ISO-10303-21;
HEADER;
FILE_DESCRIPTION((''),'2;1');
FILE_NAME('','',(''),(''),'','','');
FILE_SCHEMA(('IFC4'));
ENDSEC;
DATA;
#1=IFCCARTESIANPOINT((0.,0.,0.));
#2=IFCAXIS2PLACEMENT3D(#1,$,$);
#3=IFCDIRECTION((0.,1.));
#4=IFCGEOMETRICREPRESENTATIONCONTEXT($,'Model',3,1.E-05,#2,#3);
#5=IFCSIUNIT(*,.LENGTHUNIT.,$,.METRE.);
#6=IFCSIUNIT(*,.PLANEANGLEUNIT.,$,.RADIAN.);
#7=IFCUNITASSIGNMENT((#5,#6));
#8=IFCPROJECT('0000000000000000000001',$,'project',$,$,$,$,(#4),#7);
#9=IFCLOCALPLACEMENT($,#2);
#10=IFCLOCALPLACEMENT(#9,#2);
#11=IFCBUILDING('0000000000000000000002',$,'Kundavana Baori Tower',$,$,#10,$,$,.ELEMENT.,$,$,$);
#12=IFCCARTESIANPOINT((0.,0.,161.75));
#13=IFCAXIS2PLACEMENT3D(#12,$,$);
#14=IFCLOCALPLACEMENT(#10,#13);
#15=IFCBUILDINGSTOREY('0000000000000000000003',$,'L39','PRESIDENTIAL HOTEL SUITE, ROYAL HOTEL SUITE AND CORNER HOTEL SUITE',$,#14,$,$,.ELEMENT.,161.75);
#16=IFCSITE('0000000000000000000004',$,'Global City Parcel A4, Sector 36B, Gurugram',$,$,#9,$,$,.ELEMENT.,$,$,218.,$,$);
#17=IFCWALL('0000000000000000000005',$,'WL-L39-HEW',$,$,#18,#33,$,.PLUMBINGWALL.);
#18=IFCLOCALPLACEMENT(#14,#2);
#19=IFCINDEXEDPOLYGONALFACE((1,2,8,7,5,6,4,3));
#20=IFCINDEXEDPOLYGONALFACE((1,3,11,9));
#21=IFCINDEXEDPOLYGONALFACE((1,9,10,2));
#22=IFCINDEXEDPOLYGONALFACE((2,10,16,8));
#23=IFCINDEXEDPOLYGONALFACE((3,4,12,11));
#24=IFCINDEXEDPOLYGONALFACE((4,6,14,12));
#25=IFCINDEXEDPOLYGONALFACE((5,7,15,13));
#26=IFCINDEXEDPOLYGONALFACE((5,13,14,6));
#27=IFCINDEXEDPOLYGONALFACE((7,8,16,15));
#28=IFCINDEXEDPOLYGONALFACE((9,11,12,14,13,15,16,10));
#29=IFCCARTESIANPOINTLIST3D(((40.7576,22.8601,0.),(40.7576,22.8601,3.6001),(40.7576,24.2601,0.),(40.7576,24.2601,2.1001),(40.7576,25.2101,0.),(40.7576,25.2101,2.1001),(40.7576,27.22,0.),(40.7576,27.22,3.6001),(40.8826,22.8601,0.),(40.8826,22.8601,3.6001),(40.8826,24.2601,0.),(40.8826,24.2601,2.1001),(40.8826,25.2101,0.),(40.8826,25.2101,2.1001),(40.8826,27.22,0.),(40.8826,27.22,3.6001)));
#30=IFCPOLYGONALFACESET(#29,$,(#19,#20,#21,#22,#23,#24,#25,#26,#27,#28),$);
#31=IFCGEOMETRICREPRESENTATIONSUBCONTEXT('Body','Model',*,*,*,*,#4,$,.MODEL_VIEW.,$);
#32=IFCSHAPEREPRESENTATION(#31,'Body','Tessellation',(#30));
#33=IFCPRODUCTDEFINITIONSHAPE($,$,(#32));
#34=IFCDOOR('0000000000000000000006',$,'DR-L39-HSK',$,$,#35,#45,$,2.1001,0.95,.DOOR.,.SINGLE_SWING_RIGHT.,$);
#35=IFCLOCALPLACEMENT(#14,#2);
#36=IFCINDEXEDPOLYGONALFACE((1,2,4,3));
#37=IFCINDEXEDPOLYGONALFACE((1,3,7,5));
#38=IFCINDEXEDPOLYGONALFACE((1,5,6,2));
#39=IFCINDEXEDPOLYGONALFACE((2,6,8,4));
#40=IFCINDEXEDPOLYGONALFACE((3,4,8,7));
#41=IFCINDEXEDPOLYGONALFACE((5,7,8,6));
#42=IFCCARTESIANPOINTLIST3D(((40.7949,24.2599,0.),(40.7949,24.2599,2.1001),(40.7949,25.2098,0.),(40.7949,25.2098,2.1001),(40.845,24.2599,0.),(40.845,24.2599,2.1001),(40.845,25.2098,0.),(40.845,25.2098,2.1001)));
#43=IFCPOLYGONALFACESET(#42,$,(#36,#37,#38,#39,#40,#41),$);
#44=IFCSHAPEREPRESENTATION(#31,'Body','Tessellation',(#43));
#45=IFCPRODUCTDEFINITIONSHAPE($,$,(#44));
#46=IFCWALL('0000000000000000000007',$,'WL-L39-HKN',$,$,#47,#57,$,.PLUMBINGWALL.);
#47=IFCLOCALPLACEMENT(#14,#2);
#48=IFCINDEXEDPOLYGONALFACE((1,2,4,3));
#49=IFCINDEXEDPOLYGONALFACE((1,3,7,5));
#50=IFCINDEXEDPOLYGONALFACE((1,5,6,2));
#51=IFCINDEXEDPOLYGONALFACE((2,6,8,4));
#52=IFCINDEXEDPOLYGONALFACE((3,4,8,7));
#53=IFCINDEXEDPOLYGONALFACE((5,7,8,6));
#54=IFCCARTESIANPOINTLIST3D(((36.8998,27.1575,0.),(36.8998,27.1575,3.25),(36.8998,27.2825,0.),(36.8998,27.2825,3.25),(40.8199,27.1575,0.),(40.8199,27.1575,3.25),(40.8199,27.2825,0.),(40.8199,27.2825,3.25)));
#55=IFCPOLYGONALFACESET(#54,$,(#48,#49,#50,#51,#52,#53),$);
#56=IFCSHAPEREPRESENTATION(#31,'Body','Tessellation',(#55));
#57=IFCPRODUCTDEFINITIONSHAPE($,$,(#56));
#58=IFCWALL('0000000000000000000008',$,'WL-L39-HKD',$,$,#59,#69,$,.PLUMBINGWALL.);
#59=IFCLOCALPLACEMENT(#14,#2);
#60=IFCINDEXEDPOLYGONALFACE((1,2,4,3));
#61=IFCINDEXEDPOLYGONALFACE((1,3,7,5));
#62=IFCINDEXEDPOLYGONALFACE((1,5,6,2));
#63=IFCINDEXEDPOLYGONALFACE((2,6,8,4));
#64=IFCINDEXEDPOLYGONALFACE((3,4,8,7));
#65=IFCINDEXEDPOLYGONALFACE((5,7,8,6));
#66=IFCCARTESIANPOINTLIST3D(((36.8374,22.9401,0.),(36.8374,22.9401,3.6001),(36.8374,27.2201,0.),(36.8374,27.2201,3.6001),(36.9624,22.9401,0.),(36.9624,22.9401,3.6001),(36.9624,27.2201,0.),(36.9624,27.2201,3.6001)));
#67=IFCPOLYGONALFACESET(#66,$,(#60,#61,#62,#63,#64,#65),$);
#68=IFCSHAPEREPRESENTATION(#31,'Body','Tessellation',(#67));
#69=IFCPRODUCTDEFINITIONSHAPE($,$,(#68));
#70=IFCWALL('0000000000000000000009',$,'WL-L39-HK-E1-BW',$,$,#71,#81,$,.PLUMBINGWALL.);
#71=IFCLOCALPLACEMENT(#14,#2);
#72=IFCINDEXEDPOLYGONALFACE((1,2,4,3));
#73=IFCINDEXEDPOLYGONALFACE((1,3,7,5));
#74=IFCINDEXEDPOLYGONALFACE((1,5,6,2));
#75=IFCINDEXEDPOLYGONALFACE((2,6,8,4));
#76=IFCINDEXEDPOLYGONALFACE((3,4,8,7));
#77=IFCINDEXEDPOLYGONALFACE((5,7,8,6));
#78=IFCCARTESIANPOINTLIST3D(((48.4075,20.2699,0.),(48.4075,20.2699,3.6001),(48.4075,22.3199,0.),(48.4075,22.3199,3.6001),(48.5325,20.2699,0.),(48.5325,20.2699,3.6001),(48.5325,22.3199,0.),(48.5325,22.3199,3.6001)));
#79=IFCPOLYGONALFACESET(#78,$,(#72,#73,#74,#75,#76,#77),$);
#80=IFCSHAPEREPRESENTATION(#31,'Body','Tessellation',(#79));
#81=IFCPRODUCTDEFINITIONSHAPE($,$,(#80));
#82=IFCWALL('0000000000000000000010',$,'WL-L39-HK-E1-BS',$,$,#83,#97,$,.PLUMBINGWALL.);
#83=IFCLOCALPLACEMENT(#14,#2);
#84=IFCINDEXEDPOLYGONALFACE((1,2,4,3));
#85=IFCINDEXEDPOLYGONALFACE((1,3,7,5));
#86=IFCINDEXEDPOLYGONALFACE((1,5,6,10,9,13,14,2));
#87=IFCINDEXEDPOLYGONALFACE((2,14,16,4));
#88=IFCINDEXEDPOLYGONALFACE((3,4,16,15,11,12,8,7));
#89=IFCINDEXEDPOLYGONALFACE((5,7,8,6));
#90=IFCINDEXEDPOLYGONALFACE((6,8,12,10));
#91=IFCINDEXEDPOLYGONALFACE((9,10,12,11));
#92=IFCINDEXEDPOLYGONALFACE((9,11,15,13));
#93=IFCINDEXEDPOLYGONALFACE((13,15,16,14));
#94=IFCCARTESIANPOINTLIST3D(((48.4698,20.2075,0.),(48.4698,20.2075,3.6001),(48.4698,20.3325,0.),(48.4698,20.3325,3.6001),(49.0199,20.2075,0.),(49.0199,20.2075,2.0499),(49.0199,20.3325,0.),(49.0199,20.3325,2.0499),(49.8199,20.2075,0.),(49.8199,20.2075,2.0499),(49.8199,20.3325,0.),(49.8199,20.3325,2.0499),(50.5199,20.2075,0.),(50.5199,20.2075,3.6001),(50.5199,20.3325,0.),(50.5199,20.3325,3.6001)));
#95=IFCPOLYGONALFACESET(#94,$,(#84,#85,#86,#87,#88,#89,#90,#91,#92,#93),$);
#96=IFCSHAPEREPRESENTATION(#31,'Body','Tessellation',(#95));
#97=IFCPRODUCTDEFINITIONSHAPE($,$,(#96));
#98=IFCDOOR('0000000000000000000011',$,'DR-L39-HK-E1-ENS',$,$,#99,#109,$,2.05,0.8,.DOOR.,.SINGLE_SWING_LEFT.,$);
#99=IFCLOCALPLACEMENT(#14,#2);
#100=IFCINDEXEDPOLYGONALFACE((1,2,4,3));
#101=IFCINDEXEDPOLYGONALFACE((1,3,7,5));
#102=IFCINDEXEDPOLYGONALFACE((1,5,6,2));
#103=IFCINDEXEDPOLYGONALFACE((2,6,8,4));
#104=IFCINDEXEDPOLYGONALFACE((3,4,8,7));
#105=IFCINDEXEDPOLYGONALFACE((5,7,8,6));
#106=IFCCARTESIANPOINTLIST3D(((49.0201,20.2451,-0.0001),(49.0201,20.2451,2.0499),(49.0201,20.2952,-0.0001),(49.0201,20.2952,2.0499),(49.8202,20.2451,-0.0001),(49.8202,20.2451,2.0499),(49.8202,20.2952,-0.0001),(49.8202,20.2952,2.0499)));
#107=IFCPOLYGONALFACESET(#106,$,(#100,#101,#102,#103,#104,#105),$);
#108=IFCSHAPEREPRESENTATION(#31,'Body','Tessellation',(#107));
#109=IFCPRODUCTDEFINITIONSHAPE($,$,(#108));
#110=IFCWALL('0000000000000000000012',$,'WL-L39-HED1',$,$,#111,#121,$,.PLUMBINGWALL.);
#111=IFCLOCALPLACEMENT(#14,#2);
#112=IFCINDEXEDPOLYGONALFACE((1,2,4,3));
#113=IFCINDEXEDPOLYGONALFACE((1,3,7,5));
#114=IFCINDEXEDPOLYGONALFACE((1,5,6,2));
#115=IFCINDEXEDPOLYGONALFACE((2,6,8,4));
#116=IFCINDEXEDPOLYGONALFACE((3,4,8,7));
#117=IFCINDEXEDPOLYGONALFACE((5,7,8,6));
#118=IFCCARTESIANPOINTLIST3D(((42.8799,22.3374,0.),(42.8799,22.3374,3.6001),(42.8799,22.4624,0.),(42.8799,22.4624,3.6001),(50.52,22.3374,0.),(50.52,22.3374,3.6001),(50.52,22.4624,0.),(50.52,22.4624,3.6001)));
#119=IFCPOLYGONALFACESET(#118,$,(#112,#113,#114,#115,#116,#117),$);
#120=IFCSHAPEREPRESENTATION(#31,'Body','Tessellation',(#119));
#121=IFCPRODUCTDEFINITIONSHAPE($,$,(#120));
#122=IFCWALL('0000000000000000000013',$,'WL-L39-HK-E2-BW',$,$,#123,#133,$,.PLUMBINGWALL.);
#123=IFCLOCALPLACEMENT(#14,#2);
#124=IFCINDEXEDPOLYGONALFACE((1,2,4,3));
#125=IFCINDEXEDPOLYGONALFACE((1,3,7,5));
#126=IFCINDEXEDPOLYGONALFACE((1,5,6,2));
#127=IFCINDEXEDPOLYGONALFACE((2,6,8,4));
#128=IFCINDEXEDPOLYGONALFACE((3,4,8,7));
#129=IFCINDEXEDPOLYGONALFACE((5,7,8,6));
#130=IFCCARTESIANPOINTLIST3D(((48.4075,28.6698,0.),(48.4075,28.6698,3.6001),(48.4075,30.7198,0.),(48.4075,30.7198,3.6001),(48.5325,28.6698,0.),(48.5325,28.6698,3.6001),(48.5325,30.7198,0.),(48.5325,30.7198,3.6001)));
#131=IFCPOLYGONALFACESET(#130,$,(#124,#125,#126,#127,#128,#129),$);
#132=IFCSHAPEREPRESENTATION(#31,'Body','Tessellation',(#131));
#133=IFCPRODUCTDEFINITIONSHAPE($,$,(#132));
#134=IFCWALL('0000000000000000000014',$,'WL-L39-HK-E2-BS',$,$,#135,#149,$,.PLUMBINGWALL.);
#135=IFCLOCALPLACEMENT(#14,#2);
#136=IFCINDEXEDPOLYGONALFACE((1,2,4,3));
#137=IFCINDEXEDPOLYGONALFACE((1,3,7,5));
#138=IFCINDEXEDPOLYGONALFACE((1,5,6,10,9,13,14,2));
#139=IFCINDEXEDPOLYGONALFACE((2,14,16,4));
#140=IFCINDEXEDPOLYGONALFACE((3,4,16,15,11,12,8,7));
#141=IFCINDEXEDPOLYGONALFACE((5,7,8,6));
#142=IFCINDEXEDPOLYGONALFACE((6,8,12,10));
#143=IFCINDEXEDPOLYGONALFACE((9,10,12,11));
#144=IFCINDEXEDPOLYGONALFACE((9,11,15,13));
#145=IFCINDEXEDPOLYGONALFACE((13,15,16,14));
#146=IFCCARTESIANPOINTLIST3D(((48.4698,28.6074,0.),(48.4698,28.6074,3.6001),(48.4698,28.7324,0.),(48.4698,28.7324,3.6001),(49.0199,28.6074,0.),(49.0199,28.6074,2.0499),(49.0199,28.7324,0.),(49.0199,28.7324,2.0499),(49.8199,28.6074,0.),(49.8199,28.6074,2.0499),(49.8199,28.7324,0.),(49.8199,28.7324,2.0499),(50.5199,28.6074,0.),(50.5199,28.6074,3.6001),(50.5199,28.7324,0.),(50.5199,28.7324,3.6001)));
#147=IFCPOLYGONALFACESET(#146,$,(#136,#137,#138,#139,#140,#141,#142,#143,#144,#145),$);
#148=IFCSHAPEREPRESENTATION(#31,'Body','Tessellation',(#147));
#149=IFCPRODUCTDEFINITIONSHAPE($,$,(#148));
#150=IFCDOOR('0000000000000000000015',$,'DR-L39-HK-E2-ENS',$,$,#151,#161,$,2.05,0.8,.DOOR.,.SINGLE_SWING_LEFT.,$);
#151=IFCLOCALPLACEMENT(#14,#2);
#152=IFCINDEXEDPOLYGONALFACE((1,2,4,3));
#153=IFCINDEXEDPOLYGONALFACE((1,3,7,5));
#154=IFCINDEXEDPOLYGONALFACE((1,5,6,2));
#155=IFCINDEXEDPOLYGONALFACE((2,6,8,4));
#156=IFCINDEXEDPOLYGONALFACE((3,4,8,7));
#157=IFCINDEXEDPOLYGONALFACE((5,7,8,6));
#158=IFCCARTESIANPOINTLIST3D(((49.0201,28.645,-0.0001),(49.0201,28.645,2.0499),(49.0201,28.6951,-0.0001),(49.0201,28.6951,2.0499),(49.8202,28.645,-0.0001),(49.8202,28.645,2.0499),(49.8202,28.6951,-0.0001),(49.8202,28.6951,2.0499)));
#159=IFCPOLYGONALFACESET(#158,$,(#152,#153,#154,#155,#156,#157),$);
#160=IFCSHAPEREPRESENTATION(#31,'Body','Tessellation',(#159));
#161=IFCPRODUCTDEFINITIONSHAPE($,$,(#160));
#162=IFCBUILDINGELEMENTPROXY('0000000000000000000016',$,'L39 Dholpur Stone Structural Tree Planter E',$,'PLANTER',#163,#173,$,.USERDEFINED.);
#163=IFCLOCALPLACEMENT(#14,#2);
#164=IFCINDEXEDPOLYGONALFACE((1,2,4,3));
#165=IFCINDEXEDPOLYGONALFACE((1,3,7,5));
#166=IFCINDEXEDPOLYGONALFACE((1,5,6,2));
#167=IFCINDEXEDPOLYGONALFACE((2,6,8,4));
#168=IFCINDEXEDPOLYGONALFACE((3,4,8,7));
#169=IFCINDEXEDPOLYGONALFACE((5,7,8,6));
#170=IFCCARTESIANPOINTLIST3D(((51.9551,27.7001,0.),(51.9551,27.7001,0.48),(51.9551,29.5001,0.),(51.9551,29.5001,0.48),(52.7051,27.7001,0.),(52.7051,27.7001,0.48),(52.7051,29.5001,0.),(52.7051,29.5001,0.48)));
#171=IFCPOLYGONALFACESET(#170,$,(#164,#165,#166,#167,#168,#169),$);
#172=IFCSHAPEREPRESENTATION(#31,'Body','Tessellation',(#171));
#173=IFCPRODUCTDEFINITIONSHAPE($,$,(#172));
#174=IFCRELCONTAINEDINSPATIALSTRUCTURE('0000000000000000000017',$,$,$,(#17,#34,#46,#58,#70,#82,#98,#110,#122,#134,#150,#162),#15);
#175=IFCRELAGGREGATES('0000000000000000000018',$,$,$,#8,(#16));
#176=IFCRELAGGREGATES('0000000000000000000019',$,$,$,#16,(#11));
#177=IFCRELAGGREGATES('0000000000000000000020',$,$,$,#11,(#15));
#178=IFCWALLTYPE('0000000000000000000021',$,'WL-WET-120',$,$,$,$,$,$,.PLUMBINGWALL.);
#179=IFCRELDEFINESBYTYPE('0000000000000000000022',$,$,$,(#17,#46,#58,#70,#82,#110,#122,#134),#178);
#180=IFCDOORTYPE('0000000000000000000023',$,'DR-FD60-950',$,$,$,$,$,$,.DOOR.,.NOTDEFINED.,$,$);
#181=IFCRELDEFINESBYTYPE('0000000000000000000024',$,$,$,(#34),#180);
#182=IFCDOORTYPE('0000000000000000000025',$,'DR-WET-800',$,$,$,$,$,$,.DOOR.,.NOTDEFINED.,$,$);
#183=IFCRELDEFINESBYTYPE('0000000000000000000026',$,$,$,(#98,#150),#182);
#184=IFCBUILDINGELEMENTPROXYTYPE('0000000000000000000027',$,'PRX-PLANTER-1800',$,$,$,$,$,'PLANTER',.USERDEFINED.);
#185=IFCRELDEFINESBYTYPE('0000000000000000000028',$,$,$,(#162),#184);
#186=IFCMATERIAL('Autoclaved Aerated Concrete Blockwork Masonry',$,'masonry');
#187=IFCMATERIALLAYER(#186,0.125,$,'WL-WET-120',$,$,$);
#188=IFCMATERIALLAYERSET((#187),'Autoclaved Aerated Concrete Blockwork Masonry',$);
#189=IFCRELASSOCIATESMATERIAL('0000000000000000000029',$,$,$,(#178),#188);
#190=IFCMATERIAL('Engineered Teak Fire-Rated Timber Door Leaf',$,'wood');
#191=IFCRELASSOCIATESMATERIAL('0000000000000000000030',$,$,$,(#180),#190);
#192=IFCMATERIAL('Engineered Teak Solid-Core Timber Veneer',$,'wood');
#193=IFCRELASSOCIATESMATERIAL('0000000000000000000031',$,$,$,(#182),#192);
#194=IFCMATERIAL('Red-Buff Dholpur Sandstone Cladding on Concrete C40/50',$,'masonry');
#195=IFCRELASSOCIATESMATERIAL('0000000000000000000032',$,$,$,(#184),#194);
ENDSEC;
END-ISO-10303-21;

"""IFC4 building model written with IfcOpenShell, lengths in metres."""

from ifc_helpers import new_model, si_unit, direction, frame, frame_2d, origin, origin_2d, place, context, subcontext, project, spatial, rectangle, extrude, material, layer, layer_set, type_object, element, fill, save


model = new_model("IFC4")

# Units and contexts
model_context = context("Model", 3, precision=1e-05, world=origin(), true_north=direction((0.0, 1.0)))
body_context = subcontext(model_context, "Body", "Model", "MODEL_VIEW")
ifc_project = project(units=[si_unit("LENGTHUNIT", "METRE"), si_unit("PLANEANGLEUNIT", "RADIAN")], contexts=[model_context])

# Site, building, storey
site_placement = place(None, origin())
site = spatial("IfcSite", under=ifc_project, at=site_placement, Name="Global City Parcel A4, Sector 36B, Gurugram", CompositionType="ELEMENT", RefElevation=218.0)
building_placement = place(site_placement, origin())
building = spatial("IfcBuilding", under=site, at=building_placement, Name="Kundavana Baori Tower", CompositionType="ELEMENT")
storey_placement = place(building_placement, frame((0.0, 0.0, 161.75)))
storey = spatial("IfcBuildingStorey", under=building, at=storey_placement, Name="L39", Description="PRESIDENTIAL HOTEL SUITE, ROYAL HOTEL SUITE AND CORNER HOTEL SUITE", CompositionType="ELEMENT", Elevation=161.75)

# Wall, opening, door
ifc_material_1 = material(Name="Autoclaved Aerated Concrete Blockwork Masonry", Category="masonry")
ifc_layer_1 = layer(ifc_material_1, 0.125, Name="WL-WET-120")
ifc_layer_set_1 = layer_set([ifc_layer_1], Name="Autoclaved Aerated Concrete Blockwork Masonry")
wall_type_1 = type_object("IfcWallType", Name="WL-WET-120", PredefinedType="PLUMBINGWALL", material=ifc_layer_set_1)
wall_1_placement = place(storey_placement, frame((40.8201, 22.8601, 0.0), z_axis=(0.0, 0.0, 1.0), x_axis=(0.0, 1.0, 0.0)))
wall_1 = element("IfcWall", 1, at=wall_1_placement, inside=storey, type_object=wall_type_1, Name="WL-L39-HEW", PredefinedType="PLUMBINGWALL", context=body_context, shape_type="SweptSolid", body=[
    extrude(rectangle(XDim=4.3599, YDim=0.125, at=frame_2d((2.1799, 0.0))), origin(), (0.0, 0.0, 1.0), 3.6001),
])
opening_1_placement = place(wall_1_placement, frame((1.3999, 0.0, 0.0)))
opening_1 = element("IfcOpeningElement", 2, at=opening_1_placement, cuts=wall_1, PredefinedType="OPENING", context=body_context, shape_type="SweptSolid", body=[
    extrude(rectangle(XDim=0.95, YDim=2.1001, at=frame_2d((0.4751, 1.05))), frame((0.0, 0.0725, 0.0), z_axis=(0.0, -1.0, 0.0), x_axis=(1.0, 0.0, 0.0)), (0.0, 0.0, 1.0), 0.145),
])
ifc_material_2 = material(Name="Engineered Teak Fire-Rated Timber Door Leaf", Category="wood")
door_type_1 = type_object("IfcDoorType", Name="DR-FD60-950", OperationType="NOTDEFINED", PredefinedType="DOOR", material=ifc_material_2)
door_1_placement = place(opening_1_placement, frame((0.95, 0.0, 0.0), z_axis=(0.0, 0.0, 1.0), x_axis=(-1.0, 0.0, 0.0)))
door_1 = element("IfcDoor", 3, at=door_1_placement, inside=storey, type_object=door_type_1, Name="DR-L39-HSK", OperationType="SINGLE_SWING_RIGHT", OverallHeight=2.1001, OverallWidth=0.95, PredefinedType="DOOR", context=body_context, shape_type="SweptSolid", body=[
    extrude(rectangle(XDim=0.95, YDim=2.1001, at=frame_2d((0.4751, 1.05))), frame((0.0, 0.0249, 0.0), z_axis=(0.0, -1.0, 0.0), x_axis=(1.0, 0.0, 0.0)), (0.0, 0.0, 1.0), 0.05),
])
fill(opening_1, door_1)

# Walls
wall_2_placement = place(storey_placement, frame((36.8999, 27.22, 0.0), z_axis=(0.0, 0.0, 1.0), x_axis=(1.0, 0.0, 0.0)))
element("IfcWall", 4, at=wall_2_placement, inside=storey, type_object=wall_type_1, Name="WL-L39-HKN", PredefinedType="PLUMBINGWALL", context=body_context, shape_type="SweptSolid", body=[
    extrude(rectangle(XDim=3.9202, YDim=0.125, at=frame_2d((1.96, 0.0))), origin(), (0.0, 0.0, 1.0), 3.25),
])
wall_3_placement = place(storey_placement, frame((36.8999, 22.9399, 0.0), z_axis=(0.0, 0.0, 1.0), x_axis=(0.0, 1.0, 0.0)))
element("IfcWall", 5, at=wall_3_placement, inside=storey, type_object=wall_type_1, Name="WL-L39-HKD", PredefinedType="PLUMBINGWALL", context=body_context, shape_type="SweptSolid", body=[
    extrude(rectangle(XDim=4.28, YDim=0.125, at=frame_2d((2.1401, 0.0))), origin(), (0.0, 0.0, 1.0), 3.6001),
])
wall_4_placement = place(storey_placement, frame((48.47, 20.27, 0.0), z_axis=(0.0, 0.0, 1.0), x_axis=(0.0, 1.0, 0.0)))
element("IfcWall", 6, at=wall_4_placement, inside=storey, type_object=wall_type_1, Name="WL-L39-HK-E1-BW", PredefinedType="PLUMBINGWALL", context=body_context, shape_type="SweptSolid", body=[
    extrude(rectangle(XDim=2.05, YDim=0.125, at=frame_2d((1.0249, 0.0))), origin(), (0.0, 0.0, 1.0), 3.6001),
])

# Wall, opening, door
wall_5_placement = place(storey_placement, frame((48.47, 20.27, 0.0), z_axis=(0.0, 0.0, 1.0), x_axis=(1.0, 0.0, 0.0)))
wall_5 = element("IfcWall", 7, at=wall_5_placement, inside=storey, type_object=wall_type_1, Name="WL-L39-HK-E1-BS", PredefinedType="PLUMBINGWALL", context=body_context, shape_type="SweptSolid", body=[
    extrude(rectangle(XDim=2.05, YDim=0.125, at=frame_2d((1.0249, 0.0))), origin(), (0.0, 0.0, 1.0), 3.6001),
])
opening_2_placement = place(wall_5_placement, frame((0.55, 0.0, 0.0)))
opening_2 = element("IfcOpeningElement", 8, at=opening_2_placement, cuts=wall_5, PredefinedType="OPENING", context=body_context, shape_type="SweptSolid", body=[
    extrude(rectangle(XDim=0.8, YDim=2.05, at=frame_2d((0.3999, 1.0249))), frame((0.0, 0.0725, 0.0), z_axis=(0.0, -1.0, 0.0), x_axis=(1.0, 0.0, 0.0)), (0.0, 0.0, 1.0), 0.145),
])
ifc_material_3 = material(Name="Engineered Teak Solid-Core Timber Veneer", Category="wood")
door_type_2 = type_object("IfcDoorType", Name="DR-WET-800", OperationType="NOTDEFINED", PredefinedType="DOOR", material=ifc_material_3)
door_2_placement = place(opening_2_placement, frame((0.8, 0.0, 0.0), z_axis=(0.0, 0.0, 1.0), x_axis=(-1.0, 0.0, 0.0)))
door_2 = element("IfcDoor", 9, at=door_2_placement, inside=storey, type_object=door_type_2, Name="DR-L39-HK-E1-ENS", OperationType="SINGLE_SWING_LEFT", OverallHeight=2.05, OverallWidth=0.8, PredefinedType="DOOR", context=body_context, shape_type="SweptSolid", body=[
    extrude(rectangle(XDim=0.8, YDim=2.05, at=frame_2d((0.3999, 1.0249))), frame((0.0, 0.0249, 0.0), z_axis=(0.0, -1.0, 0.0), x_axis=(1.0, 0.0, 0.0)), (0.0, 0.0, 1.0), 0.05),
])
fill(opening_2, door_2)

# Walls
wall_6_placement = place(storey_placement, frame((42.8799, 22.3999, 0.0), z_axis=(0.0, 0.0, 1.0), x_axis=(1.0, 0.0, 0.0)))
element("IfcWall", 10, at=wall_6_placement, inside=storey, type_object=wall_type_1, Name="WL-L39-HED1", PredefinedType="PLUMBINGWALL", context=body_context, shape_type="SweptSolid", body=[
    extrude(rectangle(XDim=7.6401, YDim=0.125, at=frame_2d((3.8201, 0.0))), origin(), (0.0, 0.0, 1.0), 3.6001),
])
wall_7_placement = place(storey_placement, frame((48.47, 28.6699, 0.0), z_axis=(0.0, 0.0, 1.0), x_axis=(0.0, 1.0, 0.0)))
element("IfcWall", 11, at=wall_7_placement, inside=storey, type_object=wall_type_1, Name="WL-L39-HK-E2-BW", PredefinedType="PLUMBINGWALL", context=body_context, shape_type="SweptSolid", body=[
    extrude(rectangle(XDim=2.05, YDim=0.125, at=frame_2d((1.0249, 0.0))), origin(), (0.0, 0.0, 1.0), 3.6001),
])

# Wall, opening, door
wall_8_placement = place(storey_placement, frame((48.47, 28.6699, 0.0), z_axis=(0.0, 0.0, 1.0), x_axis=(1.0, 0.0, 0.0)))
wall_8 = element("IfcWall", 12, at=wall_8_placement, inside=storey, type_object=wall_type_1, Name="WL-L39-HK-E2-BS", PredefinedType="PLUMBINGWALL", context=body_context, shape_type="SweptSolid", body=[
    extrude(rectangle(XDim=2.05, YDim=0.125, at=frame_2d((1.0249, 0.0))), origin(), (0.0, 0.0, 1.0), 3.6001),
])
opening_3_placement = place(wall_8_placement, frame((0.55, 0.0, 0.0)))
opening_3 = element("IfcOpeningElement", 13, at=opening_3_placement, cuts=wall_8, PredefinedType="OPENING", context=body_context, shape_type="SweptSolid", body=[
    extrude(rectangle(XDim=0.8, YDim=2.05, at=frame_2d((0.3999, 1.0249))), frame((0.0, 0.0725, 0.0), z_axis=(0.0, -1.0, 0.0), x_axis=(1.0, 0.0, 0.0)), (0.0, 0.0, 1.0), 0.145),
])
door_3_placement = place(opening_3_placement, frame((0.8, 0.0, 0.0), z_axis=(0.0, 0.0, 1.0), x_axis=(-1.0, 0.0, 0.0)))
door_3 = element("IfcDoor", 14, at=door_3_placement, inside=storey, type_object=door_type_2, Name="DR-L39-HK-E2-ENS", OperationType="SINGLE_SWING_LEFT", OverallHeight=2.05, OverallWidth=0.8, PredefinedType="DOOR", context=body_context, shape_type="SweptSolid", body=[
    extrude(rectangle(XDim=0.8, YDim=2.05, at=frame_2d((0.3999, 1.0249))), frame((0.0, 0.0249, 0.0), z_axis=(0.0, -1.0, 0.0), x_axis=(1.0, 0.0, 0.0)), (0.0, 0.0, 1.0), 0.05),
])
fill(opening_3, door_3)

# Building element proxy
ifc_material_4 = material(Name="Red-Buff Dholpur Sandstone Cladding on Concrete C40/50", Category="masonry")
building_element_proxy_type = type_object("IfcBuildingElementProxyType", Name="PRX-PLANTER-1800", ElementType="PLANTER", PredefinedType="USERDEFINED", material=ifc_material_4)
proxy_placement = place(storey_placement, frame((52.3301, 28.6001, 0.0), z_axis=(0.0, 0.0, 1.0), x_axis=(0.0, 1.0, 0.0)))
element("IfcBuildingElementProxy", 15, at=proxy_placement, inside=storey, type_object=building_element_proxy_type, Name="L39 Dholpur Stone Structural Tree Planter E", ObjectType="PLANTER", PredefinedType="USERDEFINED", context=body_context, shape_type="SweptSolid", body=[
    extrude(rectangle(XDim=1.8, YDim=0.75, at=origin_2d()), origin(), (0.0, 0.0, 1.0), 0.48),
])

save(model, "model.ifc")
